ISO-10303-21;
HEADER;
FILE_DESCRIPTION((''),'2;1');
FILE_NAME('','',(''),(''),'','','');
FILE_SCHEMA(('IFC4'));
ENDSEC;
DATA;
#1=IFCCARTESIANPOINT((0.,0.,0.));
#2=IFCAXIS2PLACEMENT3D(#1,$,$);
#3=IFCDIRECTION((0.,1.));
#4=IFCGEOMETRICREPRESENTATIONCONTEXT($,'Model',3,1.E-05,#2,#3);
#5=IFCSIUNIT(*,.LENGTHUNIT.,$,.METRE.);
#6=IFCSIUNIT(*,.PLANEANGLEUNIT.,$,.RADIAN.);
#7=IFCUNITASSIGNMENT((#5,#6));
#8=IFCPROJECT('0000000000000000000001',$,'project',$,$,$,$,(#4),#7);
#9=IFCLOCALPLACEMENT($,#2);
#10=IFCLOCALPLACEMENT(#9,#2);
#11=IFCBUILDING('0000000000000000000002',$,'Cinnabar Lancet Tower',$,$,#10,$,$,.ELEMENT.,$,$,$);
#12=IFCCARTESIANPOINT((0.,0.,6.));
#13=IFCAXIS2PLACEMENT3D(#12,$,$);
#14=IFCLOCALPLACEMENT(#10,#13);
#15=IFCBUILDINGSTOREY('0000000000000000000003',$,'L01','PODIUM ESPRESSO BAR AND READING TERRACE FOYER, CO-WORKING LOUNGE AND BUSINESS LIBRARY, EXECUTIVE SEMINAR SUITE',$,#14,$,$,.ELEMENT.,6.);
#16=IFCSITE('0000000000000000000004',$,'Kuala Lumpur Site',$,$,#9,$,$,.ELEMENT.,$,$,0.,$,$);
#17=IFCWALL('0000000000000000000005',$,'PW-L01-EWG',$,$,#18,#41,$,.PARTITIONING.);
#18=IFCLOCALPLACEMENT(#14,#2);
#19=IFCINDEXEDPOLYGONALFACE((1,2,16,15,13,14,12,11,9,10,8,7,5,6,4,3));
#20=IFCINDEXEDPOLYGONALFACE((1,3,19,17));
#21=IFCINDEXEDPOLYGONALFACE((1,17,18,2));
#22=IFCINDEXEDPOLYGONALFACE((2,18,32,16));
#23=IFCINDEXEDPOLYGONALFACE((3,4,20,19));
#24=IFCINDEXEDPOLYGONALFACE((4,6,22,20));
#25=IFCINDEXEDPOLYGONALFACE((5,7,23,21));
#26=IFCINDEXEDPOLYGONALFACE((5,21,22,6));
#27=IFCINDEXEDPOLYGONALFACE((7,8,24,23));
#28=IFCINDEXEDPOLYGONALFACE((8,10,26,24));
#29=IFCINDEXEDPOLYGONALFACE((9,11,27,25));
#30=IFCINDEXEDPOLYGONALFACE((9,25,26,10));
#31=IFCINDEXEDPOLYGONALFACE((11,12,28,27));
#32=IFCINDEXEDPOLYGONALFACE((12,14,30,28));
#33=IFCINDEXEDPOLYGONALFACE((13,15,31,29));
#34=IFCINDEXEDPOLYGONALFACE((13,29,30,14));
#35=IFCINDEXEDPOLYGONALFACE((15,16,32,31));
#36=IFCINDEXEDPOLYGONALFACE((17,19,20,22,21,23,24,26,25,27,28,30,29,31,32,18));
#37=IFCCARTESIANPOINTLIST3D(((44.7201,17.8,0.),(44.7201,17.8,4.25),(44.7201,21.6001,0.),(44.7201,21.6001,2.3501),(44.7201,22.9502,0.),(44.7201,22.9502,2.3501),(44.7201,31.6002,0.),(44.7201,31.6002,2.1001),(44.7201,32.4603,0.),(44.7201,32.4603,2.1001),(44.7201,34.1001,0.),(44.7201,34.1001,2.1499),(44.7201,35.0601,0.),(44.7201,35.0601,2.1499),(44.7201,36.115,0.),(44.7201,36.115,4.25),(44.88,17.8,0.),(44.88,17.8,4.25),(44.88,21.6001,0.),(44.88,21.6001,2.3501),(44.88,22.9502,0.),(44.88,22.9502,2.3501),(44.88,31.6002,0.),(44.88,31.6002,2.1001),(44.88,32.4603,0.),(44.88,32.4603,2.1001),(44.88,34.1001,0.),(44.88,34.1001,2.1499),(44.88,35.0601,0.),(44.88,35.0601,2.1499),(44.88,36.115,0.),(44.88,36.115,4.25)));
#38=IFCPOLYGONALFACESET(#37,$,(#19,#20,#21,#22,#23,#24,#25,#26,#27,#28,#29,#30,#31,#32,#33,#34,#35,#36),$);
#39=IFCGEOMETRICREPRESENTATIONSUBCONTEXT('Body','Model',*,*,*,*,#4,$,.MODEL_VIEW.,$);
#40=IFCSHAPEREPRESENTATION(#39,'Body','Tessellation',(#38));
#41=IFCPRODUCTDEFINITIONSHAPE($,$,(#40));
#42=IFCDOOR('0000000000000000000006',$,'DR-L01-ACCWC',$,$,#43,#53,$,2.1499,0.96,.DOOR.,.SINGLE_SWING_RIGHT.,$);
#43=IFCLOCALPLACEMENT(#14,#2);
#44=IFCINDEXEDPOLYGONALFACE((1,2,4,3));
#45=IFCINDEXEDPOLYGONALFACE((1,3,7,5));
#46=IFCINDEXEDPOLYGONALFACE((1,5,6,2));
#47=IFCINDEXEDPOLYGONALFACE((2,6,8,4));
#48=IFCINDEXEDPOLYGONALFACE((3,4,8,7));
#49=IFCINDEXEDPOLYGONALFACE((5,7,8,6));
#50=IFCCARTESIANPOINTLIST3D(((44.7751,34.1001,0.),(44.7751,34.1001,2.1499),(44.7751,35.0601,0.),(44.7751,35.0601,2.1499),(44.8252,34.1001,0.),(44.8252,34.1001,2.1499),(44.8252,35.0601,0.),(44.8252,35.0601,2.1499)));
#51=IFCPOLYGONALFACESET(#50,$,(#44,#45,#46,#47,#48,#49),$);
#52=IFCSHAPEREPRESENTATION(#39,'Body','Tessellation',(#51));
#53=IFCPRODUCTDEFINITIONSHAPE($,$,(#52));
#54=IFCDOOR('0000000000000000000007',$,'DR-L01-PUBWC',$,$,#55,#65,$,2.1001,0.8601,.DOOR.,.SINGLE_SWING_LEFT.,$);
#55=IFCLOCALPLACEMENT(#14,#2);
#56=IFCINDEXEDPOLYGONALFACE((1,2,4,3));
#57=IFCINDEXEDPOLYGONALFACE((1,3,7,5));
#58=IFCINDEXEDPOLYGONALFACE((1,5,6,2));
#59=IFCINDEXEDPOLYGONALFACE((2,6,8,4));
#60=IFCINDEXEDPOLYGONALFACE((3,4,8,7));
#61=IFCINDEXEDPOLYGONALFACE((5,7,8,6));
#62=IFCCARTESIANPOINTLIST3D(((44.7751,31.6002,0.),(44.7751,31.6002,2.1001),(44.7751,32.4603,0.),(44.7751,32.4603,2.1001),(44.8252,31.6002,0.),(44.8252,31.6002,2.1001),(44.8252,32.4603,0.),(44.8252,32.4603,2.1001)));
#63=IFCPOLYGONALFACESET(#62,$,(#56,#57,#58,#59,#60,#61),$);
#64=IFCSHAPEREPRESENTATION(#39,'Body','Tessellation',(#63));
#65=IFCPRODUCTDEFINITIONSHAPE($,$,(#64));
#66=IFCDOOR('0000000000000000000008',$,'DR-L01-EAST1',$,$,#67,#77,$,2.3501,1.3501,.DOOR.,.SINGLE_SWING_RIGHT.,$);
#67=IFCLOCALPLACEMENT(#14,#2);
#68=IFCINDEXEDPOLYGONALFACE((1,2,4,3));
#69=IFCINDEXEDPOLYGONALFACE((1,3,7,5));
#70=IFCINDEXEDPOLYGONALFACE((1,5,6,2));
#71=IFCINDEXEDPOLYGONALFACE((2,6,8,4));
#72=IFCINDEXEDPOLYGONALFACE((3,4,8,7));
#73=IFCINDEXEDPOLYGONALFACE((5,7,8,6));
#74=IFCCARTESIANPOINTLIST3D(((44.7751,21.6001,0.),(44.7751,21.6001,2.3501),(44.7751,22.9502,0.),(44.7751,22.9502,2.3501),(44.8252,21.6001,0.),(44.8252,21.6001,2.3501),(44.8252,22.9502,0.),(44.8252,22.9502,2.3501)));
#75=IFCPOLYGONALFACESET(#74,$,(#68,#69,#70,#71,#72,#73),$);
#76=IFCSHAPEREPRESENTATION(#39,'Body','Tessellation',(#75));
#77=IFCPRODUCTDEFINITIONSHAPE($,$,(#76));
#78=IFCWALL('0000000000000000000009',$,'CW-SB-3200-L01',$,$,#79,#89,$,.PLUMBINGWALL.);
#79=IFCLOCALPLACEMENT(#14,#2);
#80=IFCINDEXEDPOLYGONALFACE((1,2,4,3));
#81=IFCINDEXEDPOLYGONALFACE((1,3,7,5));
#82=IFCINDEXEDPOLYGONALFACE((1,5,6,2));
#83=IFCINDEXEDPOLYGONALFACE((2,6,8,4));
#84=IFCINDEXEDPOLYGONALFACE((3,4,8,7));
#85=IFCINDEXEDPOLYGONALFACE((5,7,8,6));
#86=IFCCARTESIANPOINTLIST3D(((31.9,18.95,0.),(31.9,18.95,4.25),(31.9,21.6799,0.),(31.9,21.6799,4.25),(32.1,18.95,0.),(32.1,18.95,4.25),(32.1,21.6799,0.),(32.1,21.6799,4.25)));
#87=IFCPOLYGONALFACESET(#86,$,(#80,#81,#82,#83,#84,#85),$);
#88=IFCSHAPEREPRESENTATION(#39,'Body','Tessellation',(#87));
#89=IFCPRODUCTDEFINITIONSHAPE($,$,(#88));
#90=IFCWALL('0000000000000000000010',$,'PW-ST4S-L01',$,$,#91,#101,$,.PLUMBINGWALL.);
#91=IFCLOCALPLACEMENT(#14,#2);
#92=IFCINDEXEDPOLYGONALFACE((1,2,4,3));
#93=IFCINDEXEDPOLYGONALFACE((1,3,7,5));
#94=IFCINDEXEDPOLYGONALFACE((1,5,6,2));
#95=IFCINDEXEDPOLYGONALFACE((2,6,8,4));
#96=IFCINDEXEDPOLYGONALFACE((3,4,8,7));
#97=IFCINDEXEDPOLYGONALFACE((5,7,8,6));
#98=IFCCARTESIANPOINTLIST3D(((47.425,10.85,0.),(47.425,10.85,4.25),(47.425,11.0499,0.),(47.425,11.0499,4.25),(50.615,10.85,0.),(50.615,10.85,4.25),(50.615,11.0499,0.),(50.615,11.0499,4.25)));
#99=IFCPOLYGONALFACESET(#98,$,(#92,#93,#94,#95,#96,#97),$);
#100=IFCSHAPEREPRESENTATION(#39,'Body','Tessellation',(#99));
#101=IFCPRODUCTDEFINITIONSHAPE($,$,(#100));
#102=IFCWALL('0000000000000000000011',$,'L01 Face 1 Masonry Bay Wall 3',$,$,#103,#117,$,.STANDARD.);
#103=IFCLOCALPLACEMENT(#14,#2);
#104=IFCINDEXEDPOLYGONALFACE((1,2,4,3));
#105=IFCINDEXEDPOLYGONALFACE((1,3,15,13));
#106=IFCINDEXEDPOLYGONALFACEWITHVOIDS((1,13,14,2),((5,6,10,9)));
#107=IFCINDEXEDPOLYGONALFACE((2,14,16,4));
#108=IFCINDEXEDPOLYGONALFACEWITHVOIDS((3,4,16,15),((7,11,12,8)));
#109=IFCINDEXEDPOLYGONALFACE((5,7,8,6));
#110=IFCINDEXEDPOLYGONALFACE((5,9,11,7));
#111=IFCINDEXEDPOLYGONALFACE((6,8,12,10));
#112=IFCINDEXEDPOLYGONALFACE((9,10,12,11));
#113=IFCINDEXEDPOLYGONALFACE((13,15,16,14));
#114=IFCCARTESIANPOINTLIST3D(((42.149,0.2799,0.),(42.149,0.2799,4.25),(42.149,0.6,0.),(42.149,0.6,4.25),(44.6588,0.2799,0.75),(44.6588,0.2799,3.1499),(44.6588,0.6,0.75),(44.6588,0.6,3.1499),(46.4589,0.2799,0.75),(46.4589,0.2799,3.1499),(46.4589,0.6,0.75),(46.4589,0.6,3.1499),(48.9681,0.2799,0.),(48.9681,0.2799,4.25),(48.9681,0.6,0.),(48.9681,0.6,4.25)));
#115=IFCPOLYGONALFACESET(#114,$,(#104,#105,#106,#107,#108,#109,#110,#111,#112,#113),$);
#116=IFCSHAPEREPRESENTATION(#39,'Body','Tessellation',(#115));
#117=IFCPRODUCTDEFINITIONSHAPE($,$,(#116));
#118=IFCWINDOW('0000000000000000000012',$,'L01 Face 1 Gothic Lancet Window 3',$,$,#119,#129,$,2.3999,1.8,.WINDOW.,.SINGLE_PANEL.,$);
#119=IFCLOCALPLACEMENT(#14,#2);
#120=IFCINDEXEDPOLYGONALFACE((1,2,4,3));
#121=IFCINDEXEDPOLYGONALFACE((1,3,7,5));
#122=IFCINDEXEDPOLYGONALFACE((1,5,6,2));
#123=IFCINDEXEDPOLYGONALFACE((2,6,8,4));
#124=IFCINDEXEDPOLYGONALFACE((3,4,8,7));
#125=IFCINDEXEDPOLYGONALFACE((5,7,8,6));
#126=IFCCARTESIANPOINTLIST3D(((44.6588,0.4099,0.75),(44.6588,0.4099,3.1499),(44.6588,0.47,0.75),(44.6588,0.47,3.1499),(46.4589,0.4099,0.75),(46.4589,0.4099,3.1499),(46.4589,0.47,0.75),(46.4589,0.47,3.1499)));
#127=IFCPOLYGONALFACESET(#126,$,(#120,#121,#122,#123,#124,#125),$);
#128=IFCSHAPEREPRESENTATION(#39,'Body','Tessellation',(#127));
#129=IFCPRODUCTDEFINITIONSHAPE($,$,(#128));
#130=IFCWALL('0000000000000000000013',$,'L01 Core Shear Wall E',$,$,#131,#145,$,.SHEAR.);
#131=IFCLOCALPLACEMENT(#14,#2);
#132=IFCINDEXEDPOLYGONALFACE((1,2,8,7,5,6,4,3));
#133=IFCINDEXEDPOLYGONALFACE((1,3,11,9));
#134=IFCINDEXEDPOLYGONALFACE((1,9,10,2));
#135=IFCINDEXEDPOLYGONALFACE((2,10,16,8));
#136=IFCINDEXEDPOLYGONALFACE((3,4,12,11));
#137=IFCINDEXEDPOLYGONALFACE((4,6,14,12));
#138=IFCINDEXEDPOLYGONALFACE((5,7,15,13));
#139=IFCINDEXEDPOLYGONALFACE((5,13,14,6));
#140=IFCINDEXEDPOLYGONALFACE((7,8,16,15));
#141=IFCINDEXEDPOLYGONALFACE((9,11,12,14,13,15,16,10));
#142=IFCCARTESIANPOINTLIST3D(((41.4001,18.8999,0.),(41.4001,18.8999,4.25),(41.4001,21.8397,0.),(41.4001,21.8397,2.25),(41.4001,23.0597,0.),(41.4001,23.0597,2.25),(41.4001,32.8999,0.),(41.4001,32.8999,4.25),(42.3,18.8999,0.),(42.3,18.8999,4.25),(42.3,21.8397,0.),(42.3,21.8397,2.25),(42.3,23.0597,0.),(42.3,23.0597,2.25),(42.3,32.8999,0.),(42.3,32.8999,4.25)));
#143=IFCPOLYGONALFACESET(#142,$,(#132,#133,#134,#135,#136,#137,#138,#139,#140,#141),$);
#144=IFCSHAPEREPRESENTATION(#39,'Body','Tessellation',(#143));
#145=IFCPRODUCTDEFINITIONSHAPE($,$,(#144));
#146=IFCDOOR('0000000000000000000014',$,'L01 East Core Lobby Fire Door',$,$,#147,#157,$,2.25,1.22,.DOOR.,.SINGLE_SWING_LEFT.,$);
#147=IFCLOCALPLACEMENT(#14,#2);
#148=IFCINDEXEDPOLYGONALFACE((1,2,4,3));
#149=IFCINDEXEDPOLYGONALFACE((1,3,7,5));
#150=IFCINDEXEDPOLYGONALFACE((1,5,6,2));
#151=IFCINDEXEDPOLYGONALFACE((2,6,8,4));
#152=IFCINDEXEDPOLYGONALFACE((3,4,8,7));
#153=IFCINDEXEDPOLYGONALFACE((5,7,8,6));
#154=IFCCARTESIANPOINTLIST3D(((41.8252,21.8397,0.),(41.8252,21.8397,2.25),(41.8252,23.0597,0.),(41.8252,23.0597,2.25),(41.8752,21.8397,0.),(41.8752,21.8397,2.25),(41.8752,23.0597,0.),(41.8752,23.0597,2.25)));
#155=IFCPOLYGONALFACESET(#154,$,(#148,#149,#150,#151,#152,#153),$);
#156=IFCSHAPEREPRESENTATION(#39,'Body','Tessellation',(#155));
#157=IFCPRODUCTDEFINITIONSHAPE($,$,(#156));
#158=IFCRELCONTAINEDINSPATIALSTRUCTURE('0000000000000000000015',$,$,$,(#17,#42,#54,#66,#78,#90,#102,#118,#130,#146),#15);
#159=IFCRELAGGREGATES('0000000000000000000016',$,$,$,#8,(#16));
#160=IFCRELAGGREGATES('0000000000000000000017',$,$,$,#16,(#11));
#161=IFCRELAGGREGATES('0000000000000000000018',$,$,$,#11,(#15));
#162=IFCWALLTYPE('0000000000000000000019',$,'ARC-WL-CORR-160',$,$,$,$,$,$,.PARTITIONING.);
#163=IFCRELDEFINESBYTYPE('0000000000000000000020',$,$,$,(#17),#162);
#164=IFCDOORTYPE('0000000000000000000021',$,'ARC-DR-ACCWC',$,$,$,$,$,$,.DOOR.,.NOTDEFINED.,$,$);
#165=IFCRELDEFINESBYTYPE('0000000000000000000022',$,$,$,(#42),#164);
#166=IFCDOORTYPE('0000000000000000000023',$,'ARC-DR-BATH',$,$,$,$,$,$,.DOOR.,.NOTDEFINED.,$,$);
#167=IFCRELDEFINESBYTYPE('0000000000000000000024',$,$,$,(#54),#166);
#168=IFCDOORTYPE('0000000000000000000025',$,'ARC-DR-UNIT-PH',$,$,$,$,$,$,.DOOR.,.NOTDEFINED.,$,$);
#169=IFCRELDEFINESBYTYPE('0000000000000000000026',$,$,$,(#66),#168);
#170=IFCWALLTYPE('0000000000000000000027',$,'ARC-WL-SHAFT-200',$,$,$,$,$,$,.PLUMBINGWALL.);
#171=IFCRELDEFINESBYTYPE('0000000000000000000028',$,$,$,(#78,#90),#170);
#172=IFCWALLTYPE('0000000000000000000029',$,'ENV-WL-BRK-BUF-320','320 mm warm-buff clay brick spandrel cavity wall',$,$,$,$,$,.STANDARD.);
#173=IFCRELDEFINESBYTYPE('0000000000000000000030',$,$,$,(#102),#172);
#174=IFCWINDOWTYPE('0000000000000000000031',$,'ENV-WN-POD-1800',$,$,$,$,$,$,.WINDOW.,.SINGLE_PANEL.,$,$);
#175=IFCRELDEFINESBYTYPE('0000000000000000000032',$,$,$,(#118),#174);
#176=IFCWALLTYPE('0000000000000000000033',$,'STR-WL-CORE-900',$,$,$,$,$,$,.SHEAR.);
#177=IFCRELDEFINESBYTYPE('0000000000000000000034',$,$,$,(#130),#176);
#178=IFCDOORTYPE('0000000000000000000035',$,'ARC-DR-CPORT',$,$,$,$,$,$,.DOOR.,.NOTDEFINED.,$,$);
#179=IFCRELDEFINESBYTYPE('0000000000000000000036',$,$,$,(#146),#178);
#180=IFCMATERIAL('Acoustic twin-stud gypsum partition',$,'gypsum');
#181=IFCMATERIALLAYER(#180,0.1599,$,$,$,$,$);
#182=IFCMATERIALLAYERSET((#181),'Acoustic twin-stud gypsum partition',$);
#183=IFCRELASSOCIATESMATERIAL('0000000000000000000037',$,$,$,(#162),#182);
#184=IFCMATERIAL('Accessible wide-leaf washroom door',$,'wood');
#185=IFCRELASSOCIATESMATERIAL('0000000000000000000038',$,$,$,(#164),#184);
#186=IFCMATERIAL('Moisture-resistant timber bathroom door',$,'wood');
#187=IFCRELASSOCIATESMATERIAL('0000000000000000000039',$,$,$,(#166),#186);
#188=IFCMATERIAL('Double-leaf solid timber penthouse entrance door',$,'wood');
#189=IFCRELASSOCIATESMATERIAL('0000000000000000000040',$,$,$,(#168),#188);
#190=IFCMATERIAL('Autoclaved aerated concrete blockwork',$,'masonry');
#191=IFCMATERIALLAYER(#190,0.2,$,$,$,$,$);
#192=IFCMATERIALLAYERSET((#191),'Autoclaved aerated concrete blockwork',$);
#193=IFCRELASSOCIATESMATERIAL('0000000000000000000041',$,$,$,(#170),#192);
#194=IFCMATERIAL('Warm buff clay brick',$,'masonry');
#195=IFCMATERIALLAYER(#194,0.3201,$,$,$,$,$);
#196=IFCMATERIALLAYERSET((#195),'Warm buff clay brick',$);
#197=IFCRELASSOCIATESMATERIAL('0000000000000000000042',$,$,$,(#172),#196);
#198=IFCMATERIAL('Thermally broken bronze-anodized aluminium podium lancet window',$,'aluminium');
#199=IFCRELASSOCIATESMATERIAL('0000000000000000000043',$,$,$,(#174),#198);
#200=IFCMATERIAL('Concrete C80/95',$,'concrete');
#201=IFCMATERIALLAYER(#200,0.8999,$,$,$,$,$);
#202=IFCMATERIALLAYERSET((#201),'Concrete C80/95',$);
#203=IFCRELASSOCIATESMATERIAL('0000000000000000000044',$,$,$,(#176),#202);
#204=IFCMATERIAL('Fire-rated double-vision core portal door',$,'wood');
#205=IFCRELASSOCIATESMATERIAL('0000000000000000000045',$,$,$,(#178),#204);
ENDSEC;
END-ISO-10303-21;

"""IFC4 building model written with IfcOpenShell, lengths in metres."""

from ifc_helpers import new_model, si_unit, direction, frame, frame_2d, origin, place, context, subcontext, project, spatial, rectangle, extrude, material, layer, layer_set, type_object, element, fill, save


model = new_model("IFC4")

# Units and contexts
model_context = context("Model", 3, precision=1e-05, world=origin(), true_north=direction((0.0, 1.0)))
body_context = subcontext(model_context, "Body", "Model", "MODEL_VIEW")
ifc_project = project(units=[si_unit("LENGTHUNIT", "METRE"), si_unit("PLANEANGLEUNIT", "RADIAN")], contexts=[model_context])

# Site, building, storey
site_placement = place(None, origin())
site = spatial("IfcSite", under=ifc_project, at=site_placement, Name="Kuala Lumpur Site", CompositionType="ELEMENT", RefElevation=0.0)
building_placement = place(site_placement, origin())
building = spatial("IfcBuilding", under=site, at=building_placement, Name="Cinnabar Lancet Tower", CompositionType="ELEMENT")
storey_placement = place(building_placement, frame((0.0, 0.0, 6.0)))
storey = spatial("IfcBuildingStorey", under=building, at=storey_placement, Name="L01", Description="PODIUM ESPRESSO BAR AND READING TERRACE FOYER, CO-WORKING LOUNGE AND BUSINESS LIBRARY, EXECUTIVE SEMINAR SUITE", CompositionType="ELEMENT", Elevation=6.0)

# Shared definitions
ifc_material_1 = material(Name="Acoustic twin-stud gypsum partition", Category="gypsum")
ifc_layer_1 = layer(ifc_material_1, 0.1599)
ifc_layer_set_1 = layer_set([ifc_layer_1], Name="Acoustic twin-stud gypsum partition")
wall_type_1 = type_object("IfcWallType", Name="ARC-WL-CORR-160", PredefinedType="PARTITIONING", material=ifc_layer_set_1)

# Wall, openings, doors
wall_1_placement = place(storey_placement, frame((44.8, 17.8, 0.0), z_axis=(0.0, 0.0, 1.0), x_axis=(0.0, 1.0, 0.0)))
wall_1 = element("IfcWall", 1, at=wall_1_placement, inside=storey, type_object=wall_type_1, Name="PW-L01-EWG", PredefinedType="PARTITIONING", context=body_context, shape_type="SweptSolid", body=[
    extrude(rectangle(XDim=18.3149, YDim=0.1599, at=frame_2d((9.1575, 0.0))), origin(), (0.0, 0.0, 1.0), 4.25),
])
opening_1_placement = place(wall_1_placement, frame((3.8, 0.0, 0.0)))
opening_1 = element("IfcOpeningElement", 2, at=opening_1_placement, cuts=wall_1, PredefinedType="OPENING", context=body_context, shape_type="SweptSolid", body=[
    extrude(rectangle(XDim=1.3501, YDim=2.3501, at=frame_2d((0.675, 1.175))), frame((0.0, 0.0898, 0.0), z_axis=(0.0, -1.0, 0.0), x_axis=(1.0, 0.0, 0.0)), (0.0, 0.0, 1.0), 0.1799),
])
opening_2_placement = place(wall_1_placement, frame((13.8, 0.0, 0.0)))
opening_2 = element("IfcOpeningElement", 3, at=opening_2_placement, cuts=wall_1, PredefinedType="OPENING", context=body_context, shape_type="SweptSolid", body=[
    extrude(rectangle(XDim=0.8601, YDim=2.1001, at=frame_2d((0.4302, 1.05))), frame((0.0, 0.0898, 0.0), z_axis=(0.0, -1.0, 0.0), x_axis=(1.0, 0.0, 0.0)), (0.0, 0.0, 1.0), 0.1799),
])
opening_3_placement = place(wall_1_placement, frame((16.3, 0.0, 0.0)))
opening_3 = element("IfcOpeningElement", 4, at=opening_3_placement, cuts=wall_1, PredefinedType="OPENING", context=body_context, shape_type="SweptSolid", body=[
    extrude(rectangle(XDim=0.96, YDim=2.1499, at=frame_2d((0.48, 1.075))), frame((0.0, 0.0898, 0.0), z_axis=(0.0, -1.0, 0.0), x_axis=(1.0, 0.0, 0.0)), (0.0, 0.0, 1.0), 0.1799),
])
ifc_material_2 = material(Name="Accessible wide-leaf washroom door", Category="wood")
door_type_1 = type_object("IfcDoorType", Name="ARC-DR-ACCWC", OperationType="NOTDEFINED", PredefinedType="DOOR", material=ifc_material_2)
door_1_placement = place(opening_3_placement, origin())
door_1 = element("IfcDoor", 5, at=door_1_placement, inside=storey, type_object=door_type_1, Name="DR-L01-ACCWC", OperationType="SINGLE_SWING_RIGHT", OverallHeight=2.1499, OverallWidth=0.96, PredefinedType="DOOR", context=body_context, shape_type="SweptSolid", body=[
    extrude(rectangle(XDim=0.96, YDim=2.1499, at=frame_2d((0.48, 1.075))), frame((0.0, 0.0249, 0.0), z_axis=(0.0, -1.0, 0.0), x_axis=(1.0, 0.0, 0.0)), (0.0, 0.0, 1.0), 0.05),
])
fill(opening_3, door_1)
ifc_material_3 = material(Name="Moisture-resistant timber bathroom door", Category="wood")
door_type_2 = type_object("IfcDoorType", Name="ARC-DR-BATH", OperationType="NOTDEFINED", PredefinedType="DOOR", material=ifc_material_3)
door_2_placement = place(opening_2_placement, origin())
door_2 = element("IfcDoor", 6, at=door_2_placement, inside=storey, type_object=door_type_2, Name="DR-L01-PUBWC", OperationType="SINGLE_SWING_LEFT", OverallHeight=2.1001, OverallWidth=0.8601, PredefinedType="DOOR", context=body_context, shape_type="SweptSolid", body=[
    extrude(rectangle(XDim=0.8601, YDim=2.1001, at=frame_2d((0.4302, 1.05))), frame((0.0, 0.0249, 0.0), z_axis=(0.0, -1.0, 0.0), x_axis=(1.0, 0.0, 0.0)), (0.0, 0.0, 1.0), 0.05),
])
fill(opening_2, door_2)
ifc_material_4 = material(Name="Double-leaf solid timber penthouse entrance door", Category="wood")
door_type_3 = type_object("IfcDoorType", Name="ARC-DR-UNIT-PH", OperationType="NOTDEFINED", PredefinedType="DOOR", material=ifc_material_4)
door_3_placement = place(opening_1_placement, origin())
door_3 = element("IfcDoor", 7, at=door_3_placement, inside=storey, type_object=door_type_3, Name="DR-L01-EAST1", OperationType="SINGLE_SWING_RIGHT", OverallHeight=2.3501, OverallWidth=1.3501, PredefinedType="DOOR", context=body_context, shape_type="SweptSolid", body=[
    extrude(rectangle(XDim=1.3501, YDim=2.3501, at=frame_2d((0.675, 1.175))), frame((0.0, 0.0249, 0.0), z_axis=(0.0, -1.0, 0.0), x_axis=(1.0, 0.0, 0.0)), (0.0, 0.0, 1.0), 0.05),
])
fill(opening_1, door_3)

# Walls
ifc_material_5 = material(Name="Autoclaved aerated concrete blockwork", Category="masonry")
ifc_layer_2 = layer(ifc_material_5, 0.2)
ifc_layer_set_2 = layer_set([ifc_layer_2], Name="Autoclaved aerated concrete blockwork")
wall_type_2 = type_object("IfcWallType", Name="ARC-WL-SHAFT-200", PredefinedType="PLUMBINGWALL", material=ifc_layer_set_2)
wall_2_placement = place(storey_placement, frame((32.0, 18.95, 0.0), z_axis=(0.0, 0.0, 1.0), x_axis=(0.0, 1.0, 0.0)))
element("IfcWall", 8, at=wall_2_placement, inside=storey, type_object=wall_type_2, Name="CW-SB-3200-L01", PredefinedType="PLUMBINGWALL", context=body_context, shape_type="SweptSolid", body=[
    extrude(rectangle(XDim=2.73, YDim=0.2, at=frame_2d((1.365, 0.0))), origin(), (0.0, 0.0, 1.0), 4.25),
])
wall_3_placement = place(storey_placement, frame((47.425, 10.95, 0.0), z_axis=(0.0, 0.0, 1.0), x_axis=(1.0, 0.0, 0.0)))
element("IfcWall", 9, at=wall_3_placement, inside=storey, type_object=wall_type_2, Name="PW-ST4S-L01", PredefinedType="PLUMBINGWALL", context=body_context, shape_type="SweptSolid", body=[
    extrude(rectangle(XDim=3.1899, YDim=0.2, at=frame_2d((1.595, 0.0))), origin(), (0.0, 0.0, 1.0), 4.25),
])

# Wall, opening, window
ifc_material_6 = material(Name="Warm buff clay brick", Category="masonry")
ifc_layer_3 = layer(ifc_material_6, 0.3201)
ifc_layer_set_3 = layer_set([ifc_layer_3], Name="Warm buff clay brick")
wall_type_3 = type_object("IfcWallType", Name="ENV-WL-BRK-BUF-320", Description="320 mm warm-buff clay brick spandrel cavity wall", PredefinedType="STANDARD", material=ifc_layer_set_3)
wall_4_placement = place(storey_placement, frame((42.1489, 0.4399, 0.0), z_axis=(0.0, 0.0, 1.0), x_axis=(1.0, 0.0, 0.0)))
wall_4 = element("IfcWall", 10, at=wall_4_placement, inside=storey, type_object=wall_type_3, Name="L01 Face 1 Masonry Bay Wall 3", PredefinedType="STANDARD", context=body_context, shape_type="SweptSolid", body=[
    extrude(rectangle(XDim=6.8191, YDim=0.3201, at=frame_2d((3.4097, 0.0))), origin(), (0.0, 0.0, 1.0), 4.25),
])
opening_4_placement = place(wall_4_placement, frame((2.51, 0.0, 0.75)))
opening_4 = element("IfcOpeningElement", 11, at=opening_4_placement, cuts=wall_4, PredefinedType="OPENING", context=body_context, shape_type="SweptSolid", body=[
    extrude(rectangle(XDim=1.8, YDim=2.3999, at=frame_2d((0.8999, 1.2))), frame((0.0, 0.1699, 0.0), z_axis=(0.0, -1.0, 0.0), x_axis=(1.0, 0.0, 0.0)), (0.0, 0.0, 1.0), 0.3401),
])
ifc_material_7 = material(Name="Thermally broken bronze-anodized aluminium podium lancet window", Category="aluminium")
window_type = type_object("IfcWindowType", Name="ENV-WN-POD-1800", PartitioningType="SINGLE_PANEL", PredefinedType="WINDOW", material=ifc_material_7)
window_placement = place(opening_4_placement, origin())
window = element("IfcWindow", 12, at=window_placement, inside=storey, type_object=window_type, Name="L01 Face 1 Gothic Lancet Window 3", OverallHeight=2.3999, OverallWidth=1.8, PartitioningType="SINGLE_PANEL", PredefinedType="WINDOW", context=body_context, shape_type="SweptSolid", body=[
    extrude(rectangle(XDim=1.8, YDim=2.3999, at=frame_2d((0.8999, 1.2))), frame((0.0, 0.03, 0.0), z_axis=(0.0, -1.0, 0.0), x_axis=(1.0, 0.0, 0.0)), (0.0, 0.0, 1.0), 0.0601),
])
fill(opening_4, window)

# Wall, opening, door
ifc_material_8 = material(Name="Concrete C80/95", Category="concrete")
ifc_layer_4 = layer(ifc_material_8, 0.8999)
ifc_layer_set_4 = layer_set([ifc_layer_4], Name="Concrete C80/95")
wall_type_4 = type_object("IfcWallType", Name="STR-WL-CORE-900", PredefinedType="SHEAR", material=ifc_layer_set_4)
wall_5_placement = place(storey_placement, frame((41.8501, 18.8999, 0.0), z_axis=(0.0, 0.0, 1.0), x_axis=(0.0, 1.0, 0.0)))
wall_5 = element("IfcWall", 13, at=wall_5_placement, inside=storey, type_object=wall_type_4, Name="L01 Core Shear Wall E", PredefinedType="SHEAR", context=body_context, shape_type="SweptSolid", body=[
    extrude(rectangle(XDim=14.0, YDim=0.8999, at=frame_2d((7.0, 0.0))), origin(), (0.0, 0.0, 1.0), 4.25),
])
opening_5_placement = place(wall_5_placement, frame((2.9399, 0.0, 0.0)))
opening_5 = element("IfcOpeningElement", 14, at=opening_5_placement, cuts=wall_5, PredefinedType="OPENING", context=body_context, shape_type="SweptSolid", body=[
    extrude(rectangle(XDim=1.22, YDim=2.25, at=frame_2d((0.6099, 1.125))), frame((0.0, 0.46, 0.0), z_axis=(0.0, -1.0, 0.0), x_axis=(1.0, 0.0, 0.0)), (0.0, 0.0, 1.0), 0.9199),
])
ifc_material_9 = material(Name="Fire-rated double-vision core portal door", Category="wood")
door_type_4 = type_object("IfcDoorType", Name="ARC-DR-CPORT", OperationType="NOTDEFINED", PredefinedType="DOOR", material=ifc_material_9)
door_4_placement = place(opening_5_placement, origin())
door_4 = element("IfcDoor", 15, at=door_4_placement, inside=storey, type_object=door_type_4, Name="L01 East Core Lobby Fire Door", OperationType="SINGLE_SWING_LEFT", OverallHeight=2.25, OverallWidth=1.22, PredefinedType="DOOR", context=body_context, shape_type="SweptSolid", body=[
    extrude(rectangle(XDim=1.22, YDim=2.25, at=frame_2d((0.6099, 1.125))), frame((0.0, 0.0249, 0.0), z_axis=(0.0, -1.0, 0.0), x_axis=(1.0, 0.0, 0.0)), (0.0, 0.0, 1.0), 0.05),
])
fill(opening_5, door_4)

save(model, "model.ifc")
